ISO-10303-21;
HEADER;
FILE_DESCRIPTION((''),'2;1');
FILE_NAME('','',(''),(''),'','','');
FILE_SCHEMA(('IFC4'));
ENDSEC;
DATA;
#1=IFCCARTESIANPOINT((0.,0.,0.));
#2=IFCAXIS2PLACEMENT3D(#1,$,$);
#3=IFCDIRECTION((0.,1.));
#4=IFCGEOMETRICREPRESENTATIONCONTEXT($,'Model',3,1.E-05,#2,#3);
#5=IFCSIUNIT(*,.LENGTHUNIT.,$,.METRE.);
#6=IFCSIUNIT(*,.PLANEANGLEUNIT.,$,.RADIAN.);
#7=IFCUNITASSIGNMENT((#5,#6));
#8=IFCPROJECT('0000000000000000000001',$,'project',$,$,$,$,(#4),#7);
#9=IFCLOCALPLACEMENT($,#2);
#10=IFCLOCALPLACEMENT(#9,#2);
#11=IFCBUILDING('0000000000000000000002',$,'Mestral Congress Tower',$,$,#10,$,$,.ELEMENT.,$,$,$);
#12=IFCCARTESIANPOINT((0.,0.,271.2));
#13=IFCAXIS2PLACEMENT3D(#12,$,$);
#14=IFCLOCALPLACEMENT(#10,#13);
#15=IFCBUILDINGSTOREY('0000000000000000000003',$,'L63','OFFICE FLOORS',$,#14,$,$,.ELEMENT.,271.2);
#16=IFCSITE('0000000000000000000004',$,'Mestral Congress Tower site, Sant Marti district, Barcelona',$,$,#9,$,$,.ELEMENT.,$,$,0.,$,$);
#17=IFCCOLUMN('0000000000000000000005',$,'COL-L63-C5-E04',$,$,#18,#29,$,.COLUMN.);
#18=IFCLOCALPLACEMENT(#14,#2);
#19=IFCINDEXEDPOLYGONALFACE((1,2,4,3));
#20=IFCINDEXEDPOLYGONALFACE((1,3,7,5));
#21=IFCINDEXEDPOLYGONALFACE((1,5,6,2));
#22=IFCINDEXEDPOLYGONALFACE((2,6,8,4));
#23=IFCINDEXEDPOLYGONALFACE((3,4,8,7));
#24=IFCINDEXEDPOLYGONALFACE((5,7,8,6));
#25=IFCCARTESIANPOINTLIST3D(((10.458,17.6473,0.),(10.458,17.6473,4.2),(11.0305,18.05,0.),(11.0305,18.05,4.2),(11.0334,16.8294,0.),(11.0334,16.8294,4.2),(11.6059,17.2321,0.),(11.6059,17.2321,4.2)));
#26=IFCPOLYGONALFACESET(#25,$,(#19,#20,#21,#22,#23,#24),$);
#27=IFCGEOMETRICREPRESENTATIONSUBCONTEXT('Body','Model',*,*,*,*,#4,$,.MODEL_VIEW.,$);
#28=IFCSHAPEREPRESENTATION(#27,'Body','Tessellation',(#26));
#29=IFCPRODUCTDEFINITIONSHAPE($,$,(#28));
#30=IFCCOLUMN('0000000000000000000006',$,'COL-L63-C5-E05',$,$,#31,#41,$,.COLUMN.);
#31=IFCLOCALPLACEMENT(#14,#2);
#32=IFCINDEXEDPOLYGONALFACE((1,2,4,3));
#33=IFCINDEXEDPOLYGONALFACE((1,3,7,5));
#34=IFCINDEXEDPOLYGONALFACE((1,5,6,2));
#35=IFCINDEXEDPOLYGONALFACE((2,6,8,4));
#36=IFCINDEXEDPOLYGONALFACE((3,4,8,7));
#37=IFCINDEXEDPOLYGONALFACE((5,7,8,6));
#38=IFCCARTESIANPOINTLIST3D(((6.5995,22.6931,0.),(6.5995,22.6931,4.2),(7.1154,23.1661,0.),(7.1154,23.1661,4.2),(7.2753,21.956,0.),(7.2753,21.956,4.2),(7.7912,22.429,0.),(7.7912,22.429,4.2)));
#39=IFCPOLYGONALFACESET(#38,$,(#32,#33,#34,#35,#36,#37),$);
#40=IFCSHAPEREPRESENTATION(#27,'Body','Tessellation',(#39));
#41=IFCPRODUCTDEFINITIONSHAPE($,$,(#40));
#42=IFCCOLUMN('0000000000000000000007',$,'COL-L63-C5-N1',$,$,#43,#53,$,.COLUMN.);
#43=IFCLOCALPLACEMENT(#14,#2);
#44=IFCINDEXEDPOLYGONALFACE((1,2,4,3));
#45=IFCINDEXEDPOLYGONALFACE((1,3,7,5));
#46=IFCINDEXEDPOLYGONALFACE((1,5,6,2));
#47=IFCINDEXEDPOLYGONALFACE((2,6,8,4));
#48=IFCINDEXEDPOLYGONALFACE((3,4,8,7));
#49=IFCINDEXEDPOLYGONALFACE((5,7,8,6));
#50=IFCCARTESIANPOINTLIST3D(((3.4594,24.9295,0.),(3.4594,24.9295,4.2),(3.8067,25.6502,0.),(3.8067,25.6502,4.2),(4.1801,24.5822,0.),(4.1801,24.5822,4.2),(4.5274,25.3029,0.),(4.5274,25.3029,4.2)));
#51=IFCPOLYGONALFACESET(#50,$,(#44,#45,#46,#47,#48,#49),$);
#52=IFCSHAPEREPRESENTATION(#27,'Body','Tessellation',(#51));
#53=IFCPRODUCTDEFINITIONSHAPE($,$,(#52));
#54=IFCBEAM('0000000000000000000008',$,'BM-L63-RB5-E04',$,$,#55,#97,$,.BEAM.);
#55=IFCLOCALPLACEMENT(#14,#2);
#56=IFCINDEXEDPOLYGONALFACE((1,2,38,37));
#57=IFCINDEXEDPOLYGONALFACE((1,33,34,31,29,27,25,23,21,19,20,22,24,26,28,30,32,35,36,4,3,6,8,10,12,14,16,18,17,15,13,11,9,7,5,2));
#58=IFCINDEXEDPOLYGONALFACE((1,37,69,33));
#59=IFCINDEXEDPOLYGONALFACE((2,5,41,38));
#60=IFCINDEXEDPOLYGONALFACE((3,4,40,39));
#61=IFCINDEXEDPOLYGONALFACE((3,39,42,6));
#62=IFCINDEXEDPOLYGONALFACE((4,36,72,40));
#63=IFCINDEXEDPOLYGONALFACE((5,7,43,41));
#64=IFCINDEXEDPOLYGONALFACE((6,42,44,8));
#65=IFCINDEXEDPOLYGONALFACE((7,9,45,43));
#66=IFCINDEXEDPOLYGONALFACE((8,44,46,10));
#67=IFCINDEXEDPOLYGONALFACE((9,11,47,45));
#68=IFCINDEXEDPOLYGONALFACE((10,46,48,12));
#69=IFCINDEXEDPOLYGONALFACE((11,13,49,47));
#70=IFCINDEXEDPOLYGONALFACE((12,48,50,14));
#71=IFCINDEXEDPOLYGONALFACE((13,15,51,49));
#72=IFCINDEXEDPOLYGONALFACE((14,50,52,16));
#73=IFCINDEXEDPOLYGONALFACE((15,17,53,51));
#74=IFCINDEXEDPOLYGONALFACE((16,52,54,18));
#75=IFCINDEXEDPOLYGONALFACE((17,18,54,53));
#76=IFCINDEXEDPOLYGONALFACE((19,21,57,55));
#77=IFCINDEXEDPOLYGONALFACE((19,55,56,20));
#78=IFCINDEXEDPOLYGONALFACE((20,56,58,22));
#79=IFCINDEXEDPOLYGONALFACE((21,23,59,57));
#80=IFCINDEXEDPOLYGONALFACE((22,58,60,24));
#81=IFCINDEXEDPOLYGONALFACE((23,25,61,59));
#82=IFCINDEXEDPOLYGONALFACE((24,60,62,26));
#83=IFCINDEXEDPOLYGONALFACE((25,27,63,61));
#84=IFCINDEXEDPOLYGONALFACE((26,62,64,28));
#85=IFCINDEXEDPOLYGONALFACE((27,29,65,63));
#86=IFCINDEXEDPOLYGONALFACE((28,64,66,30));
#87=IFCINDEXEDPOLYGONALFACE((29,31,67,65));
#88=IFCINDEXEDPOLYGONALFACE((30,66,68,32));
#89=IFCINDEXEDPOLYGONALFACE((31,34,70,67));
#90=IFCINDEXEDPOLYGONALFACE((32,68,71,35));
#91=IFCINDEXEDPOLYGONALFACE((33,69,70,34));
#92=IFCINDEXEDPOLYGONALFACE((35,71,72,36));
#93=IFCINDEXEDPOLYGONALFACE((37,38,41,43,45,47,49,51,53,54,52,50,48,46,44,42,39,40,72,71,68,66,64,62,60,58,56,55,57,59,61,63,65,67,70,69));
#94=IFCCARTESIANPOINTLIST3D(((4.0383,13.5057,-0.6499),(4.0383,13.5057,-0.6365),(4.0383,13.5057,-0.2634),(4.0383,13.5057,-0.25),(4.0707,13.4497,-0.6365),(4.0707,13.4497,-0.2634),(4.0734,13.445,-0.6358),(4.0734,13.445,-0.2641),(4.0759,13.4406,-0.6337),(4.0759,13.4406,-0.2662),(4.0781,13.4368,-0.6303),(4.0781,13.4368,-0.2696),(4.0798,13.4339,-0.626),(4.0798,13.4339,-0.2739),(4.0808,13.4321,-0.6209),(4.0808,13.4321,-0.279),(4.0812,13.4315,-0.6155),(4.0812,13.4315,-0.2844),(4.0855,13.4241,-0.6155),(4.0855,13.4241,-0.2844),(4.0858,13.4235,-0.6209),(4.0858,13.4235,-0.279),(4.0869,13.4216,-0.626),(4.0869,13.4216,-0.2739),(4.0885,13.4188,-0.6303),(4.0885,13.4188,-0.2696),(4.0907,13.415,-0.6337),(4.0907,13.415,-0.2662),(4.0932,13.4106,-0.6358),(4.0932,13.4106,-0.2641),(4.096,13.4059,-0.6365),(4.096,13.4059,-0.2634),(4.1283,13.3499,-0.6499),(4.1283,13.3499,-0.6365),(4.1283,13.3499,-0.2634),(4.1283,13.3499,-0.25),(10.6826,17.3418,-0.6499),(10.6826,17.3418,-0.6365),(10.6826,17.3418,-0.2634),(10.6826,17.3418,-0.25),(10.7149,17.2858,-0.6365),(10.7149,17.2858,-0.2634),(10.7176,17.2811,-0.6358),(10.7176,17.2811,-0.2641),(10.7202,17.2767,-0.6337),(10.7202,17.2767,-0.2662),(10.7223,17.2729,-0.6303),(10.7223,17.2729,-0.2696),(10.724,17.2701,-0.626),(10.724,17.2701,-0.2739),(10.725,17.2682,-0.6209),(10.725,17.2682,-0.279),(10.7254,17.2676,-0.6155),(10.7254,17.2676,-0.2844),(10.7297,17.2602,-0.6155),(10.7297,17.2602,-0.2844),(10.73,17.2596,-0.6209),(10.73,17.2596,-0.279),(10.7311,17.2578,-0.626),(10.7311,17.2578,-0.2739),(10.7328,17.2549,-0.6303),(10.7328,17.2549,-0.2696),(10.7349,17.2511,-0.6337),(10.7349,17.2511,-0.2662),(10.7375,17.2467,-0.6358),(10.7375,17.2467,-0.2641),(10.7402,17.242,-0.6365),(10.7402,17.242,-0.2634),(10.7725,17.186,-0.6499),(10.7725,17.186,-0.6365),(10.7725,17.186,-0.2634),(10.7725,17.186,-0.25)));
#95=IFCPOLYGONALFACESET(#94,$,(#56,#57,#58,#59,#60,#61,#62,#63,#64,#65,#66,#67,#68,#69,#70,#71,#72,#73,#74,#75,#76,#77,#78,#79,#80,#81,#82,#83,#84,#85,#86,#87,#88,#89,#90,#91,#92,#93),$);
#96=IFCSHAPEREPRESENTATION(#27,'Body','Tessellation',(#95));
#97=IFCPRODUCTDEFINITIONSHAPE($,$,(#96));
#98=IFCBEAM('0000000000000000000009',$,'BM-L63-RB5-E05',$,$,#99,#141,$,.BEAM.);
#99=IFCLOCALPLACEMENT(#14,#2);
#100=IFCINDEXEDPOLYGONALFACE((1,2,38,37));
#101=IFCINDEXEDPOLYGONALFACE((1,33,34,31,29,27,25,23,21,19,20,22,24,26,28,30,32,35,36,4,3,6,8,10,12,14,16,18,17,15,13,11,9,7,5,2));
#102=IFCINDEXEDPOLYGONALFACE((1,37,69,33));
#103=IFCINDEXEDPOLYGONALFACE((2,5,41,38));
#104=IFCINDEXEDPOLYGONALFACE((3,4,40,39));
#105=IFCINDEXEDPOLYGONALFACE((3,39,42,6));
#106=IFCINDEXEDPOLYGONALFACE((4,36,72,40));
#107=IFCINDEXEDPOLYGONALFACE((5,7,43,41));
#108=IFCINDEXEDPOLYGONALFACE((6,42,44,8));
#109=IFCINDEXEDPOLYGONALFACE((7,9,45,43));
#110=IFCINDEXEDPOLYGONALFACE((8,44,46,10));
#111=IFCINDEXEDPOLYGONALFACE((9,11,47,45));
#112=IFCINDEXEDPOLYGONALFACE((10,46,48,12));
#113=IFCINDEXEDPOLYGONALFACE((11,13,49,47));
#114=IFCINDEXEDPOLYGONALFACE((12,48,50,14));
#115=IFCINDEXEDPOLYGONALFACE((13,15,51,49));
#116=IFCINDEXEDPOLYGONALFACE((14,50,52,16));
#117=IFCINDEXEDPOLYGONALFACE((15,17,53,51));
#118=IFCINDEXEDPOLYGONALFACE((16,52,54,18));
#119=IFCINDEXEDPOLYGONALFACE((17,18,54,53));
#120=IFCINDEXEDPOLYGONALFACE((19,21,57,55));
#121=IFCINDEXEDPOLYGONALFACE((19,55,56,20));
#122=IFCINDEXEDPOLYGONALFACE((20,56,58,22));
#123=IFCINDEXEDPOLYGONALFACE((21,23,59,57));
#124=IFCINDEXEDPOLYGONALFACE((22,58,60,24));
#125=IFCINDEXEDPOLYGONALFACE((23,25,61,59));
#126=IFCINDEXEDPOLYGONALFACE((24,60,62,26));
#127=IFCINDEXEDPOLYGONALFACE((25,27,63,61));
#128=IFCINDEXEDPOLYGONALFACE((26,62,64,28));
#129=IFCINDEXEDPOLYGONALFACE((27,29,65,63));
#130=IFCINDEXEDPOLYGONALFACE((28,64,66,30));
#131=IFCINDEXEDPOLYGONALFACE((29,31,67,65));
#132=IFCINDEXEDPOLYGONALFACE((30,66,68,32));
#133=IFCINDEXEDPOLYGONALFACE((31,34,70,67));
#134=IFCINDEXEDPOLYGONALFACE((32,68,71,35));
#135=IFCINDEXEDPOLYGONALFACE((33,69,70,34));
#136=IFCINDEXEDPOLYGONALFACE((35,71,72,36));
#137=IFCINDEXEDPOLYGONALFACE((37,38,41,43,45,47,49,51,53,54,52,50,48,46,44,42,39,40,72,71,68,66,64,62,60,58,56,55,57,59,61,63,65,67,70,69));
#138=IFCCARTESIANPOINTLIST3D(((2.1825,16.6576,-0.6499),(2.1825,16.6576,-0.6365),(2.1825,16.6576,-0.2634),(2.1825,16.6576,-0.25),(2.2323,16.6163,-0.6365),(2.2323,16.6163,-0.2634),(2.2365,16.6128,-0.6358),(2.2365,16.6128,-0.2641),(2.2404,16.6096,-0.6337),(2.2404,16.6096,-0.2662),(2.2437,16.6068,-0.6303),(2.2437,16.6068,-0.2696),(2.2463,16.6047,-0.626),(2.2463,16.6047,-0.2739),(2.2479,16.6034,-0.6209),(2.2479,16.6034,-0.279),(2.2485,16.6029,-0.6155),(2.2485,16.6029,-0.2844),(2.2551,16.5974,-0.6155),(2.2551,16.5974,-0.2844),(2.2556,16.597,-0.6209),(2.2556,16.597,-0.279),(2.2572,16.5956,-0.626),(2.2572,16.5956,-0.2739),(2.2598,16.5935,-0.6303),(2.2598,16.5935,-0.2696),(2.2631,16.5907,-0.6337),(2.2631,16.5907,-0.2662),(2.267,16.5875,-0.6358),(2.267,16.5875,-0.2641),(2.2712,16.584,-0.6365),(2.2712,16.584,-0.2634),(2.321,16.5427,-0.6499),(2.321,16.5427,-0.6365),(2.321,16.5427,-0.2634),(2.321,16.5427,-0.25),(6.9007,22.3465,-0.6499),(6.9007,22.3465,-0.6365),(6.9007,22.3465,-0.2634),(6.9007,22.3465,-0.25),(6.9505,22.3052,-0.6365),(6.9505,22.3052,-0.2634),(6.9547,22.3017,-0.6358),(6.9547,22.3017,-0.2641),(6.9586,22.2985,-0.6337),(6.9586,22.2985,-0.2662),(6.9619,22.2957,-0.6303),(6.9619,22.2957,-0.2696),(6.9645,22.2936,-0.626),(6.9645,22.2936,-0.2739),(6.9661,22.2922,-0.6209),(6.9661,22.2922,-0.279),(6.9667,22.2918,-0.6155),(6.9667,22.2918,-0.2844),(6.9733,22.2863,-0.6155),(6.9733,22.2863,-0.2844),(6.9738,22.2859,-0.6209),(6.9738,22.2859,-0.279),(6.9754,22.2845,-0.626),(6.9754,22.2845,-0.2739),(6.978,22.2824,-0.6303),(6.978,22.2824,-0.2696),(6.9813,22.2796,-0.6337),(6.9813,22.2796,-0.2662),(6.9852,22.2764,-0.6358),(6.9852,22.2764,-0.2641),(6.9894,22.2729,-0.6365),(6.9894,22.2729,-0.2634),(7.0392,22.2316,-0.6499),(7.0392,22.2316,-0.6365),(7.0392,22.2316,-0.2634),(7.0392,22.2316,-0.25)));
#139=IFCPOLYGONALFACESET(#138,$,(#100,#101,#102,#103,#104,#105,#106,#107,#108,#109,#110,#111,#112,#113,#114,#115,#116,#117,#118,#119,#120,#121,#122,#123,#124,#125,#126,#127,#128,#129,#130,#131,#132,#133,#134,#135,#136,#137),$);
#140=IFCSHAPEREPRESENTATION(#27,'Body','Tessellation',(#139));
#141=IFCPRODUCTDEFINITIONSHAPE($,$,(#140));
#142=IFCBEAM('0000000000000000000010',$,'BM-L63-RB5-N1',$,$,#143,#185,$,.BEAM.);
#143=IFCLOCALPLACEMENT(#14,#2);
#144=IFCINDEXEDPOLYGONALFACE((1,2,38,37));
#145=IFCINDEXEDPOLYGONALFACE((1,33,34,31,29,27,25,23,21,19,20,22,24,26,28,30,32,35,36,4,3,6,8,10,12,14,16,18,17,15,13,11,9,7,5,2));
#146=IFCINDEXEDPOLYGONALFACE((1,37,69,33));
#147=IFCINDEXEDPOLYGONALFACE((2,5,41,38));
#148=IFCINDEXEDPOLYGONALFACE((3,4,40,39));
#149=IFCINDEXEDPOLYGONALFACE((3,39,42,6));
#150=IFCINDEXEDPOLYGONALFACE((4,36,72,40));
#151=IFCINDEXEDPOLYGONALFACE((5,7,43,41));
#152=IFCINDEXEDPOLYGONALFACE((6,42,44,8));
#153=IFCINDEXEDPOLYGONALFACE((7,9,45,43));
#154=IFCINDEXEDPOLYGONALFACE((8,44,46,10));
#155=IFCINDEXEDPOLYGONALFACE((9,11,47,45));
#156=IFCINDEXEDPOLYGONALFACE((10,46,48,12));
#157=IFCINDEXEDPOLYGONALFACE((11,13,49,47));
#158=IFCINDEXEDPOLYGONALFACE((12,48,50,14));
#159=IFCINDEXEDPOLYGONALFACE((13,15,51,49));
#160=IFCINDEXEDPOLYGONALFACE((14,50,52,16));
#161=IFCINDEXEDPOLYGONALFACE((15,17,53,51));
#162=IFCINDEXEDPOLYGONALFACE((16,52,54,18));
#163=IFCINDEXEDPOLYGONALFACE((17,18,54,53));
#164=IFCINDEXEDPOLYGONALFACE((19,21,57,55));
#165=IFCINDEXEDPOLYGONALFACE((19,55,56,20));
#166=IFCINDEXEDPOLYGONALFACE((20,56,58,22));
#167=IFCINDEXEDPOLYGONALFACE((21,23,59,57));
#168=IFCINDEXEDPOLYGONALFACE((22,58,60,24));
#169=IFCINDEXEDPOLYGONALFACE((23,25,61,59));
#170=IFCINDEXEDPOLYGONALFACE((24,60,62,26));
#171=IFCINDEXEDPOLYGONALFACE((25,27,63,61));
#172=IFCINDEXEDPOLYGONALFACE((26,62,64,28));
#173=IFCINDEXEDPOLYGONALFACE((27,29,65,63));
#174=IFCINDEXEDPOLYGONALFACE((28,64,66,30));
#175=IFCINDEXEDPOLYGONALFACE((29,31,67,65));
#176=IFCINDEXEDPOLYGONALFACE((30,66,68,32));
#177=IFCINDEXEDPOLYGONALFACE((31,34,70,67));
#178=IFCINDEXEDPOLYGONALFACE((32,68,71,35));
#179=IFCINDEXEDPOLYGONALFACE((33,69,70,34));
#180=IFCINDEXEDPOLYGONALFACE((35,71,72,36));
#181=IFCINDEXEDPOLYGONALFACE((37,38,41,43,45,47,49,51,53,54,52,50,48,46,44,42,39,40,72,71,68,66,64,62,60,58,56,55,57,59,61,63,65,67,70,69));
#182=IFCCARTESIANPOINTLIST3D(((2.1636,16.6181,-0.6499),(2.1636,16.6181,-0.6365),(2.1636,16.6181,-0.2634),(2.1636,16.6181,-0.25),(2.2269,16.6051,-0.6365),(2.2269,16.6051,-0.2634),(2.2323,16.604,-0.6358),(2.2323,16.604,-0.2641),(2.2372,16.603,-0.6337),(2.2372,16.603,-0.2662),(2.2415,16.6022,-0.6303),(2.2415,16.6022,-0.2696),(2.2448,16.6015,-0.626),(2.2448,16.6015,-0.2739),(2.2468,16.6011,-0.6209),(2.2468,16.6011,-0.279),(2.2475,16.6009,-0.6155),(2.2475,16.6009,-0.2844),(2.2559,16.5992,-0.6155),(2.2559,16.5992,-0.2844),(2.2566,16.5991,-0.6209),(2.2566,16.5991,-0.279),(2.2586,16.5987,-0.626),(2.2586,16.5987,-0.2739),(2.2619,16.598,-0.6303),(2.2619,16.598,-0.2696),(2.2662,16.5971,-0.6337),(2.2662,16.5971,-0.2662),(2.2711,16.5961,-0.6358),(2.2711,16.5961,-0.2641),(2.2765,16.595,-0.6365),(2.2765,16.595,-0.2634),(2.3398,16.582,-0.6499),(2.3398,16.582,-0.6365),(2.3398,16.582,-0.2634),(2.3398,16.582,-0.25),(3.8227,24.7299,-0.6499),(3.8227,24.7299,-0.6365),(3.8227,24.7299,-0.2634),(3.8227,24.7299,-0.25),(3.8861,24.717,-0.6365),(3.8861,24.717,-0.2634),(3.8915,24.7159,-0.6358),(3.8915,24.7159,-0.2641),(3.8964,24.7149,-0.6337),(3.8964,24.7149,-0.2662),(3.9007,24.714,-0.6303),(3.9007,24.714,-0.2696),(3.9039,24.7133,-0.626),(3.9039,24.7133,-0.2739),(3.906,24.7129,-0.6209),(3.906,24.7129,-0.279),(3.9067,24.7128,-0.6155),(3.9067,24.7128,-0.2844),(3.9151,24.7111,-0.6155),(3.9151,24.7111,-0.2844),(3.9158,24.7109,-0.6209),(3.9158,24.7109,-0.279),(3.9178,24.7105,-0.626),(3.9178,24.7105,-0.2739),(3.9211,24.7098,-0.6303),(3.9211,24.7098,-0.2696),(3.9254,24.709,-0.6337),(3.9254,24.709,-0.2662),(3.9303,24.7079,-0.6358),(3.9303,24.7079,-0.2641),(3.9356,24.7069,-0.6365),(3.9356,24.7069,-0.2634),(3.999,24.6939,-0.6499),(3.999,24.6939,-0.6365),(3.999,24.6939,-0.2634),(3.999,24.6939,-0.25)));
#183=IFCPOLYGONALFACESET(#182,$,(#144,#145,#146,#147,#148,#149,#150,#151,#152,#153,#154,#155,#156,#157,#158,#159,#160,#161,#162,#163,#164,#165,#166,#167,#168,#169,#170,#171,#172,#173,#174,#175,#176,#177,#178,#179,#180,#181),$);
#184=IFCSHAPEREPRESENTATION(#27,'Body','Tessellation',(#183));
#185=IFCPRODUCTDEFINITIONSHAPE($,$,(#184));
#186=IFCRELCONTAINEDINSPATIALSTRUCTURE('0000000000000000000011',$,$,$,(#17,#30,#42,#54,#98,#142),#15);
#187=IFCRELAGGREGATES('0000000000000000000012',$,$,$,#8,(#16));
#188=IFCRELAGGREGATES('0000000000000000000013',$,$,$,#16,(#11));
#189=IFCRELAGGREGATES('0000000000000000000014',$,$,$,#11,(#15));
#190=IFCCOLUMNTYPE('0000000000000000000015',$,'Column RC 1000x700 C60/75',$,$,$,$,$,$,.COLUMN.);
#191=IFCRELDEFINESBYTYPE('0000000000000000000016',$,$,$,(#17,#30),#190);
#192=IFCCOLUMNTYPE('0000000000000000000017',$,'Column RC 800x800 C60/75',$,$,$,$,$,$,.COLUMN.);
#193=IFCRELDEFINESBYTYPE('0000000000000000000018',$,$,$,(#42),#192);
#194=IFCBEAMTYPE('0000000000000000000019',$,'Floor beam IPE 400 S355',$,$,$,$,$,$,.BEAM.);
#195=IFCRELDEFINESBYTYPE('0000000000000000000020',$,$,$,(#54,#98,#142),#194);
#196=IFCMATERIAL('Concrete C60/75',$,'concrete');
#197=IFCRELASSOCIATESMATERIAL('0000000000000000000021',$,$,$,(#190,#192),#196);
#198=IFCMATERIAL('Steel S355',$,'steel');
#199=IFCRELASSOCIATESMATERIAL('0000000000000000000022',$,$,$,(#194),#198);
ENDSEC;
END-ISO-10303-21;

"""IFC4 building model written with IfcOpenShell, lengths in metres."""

from ifc_helpers import new_model, si_unit, direction, frame, origin, origin_2d, place, context, subcontext, project, spatial, rectangle, i_section, extrude, material, material_profile, profile_set, type_object, element, save


model = new_model("IFC4")

# Units and contexts
model_context = context("Model", 3, precision=1e-05, world=origin(), true_north=direction((0.0, 1.0)))
body_context = subcontext(model_context, "Body", "Model", "MODEL_VIEW")
ifc_project = project(units=[si_unit("LENGTHUNIT", "METRE"), si_unit("PLANEANGLEUNIT", "RADIAN")], contexts=[model_context])

# Site, building, storey
site_placement = place(None, origin())
site = spatial("IfcSite", under=ifc_project, at=site_placement, Name="Mestral Congress Tower site, Sant Marti district, Barcelona", CompositionType="ELEMENT", RefElevation=0.0)
building_placement = place(site_placement, origin())
building = spatial("IfcBuilding", under=site, at=building_placement, Name="Mestral Congress Tower", CompositionType="ELEMENT")
storey_placement = place(building_placement, frame((0.0, 0.0, 271.2)))
storey = spatial("IfcBuildingStorey", under=building, at=storey_placement, Name="L63", Description="OFFICE FLOORS", CompositionType="ELEMENT", Elevation=271.2)

# Columns
ifc_material_1 = material(Name="Concrete C60/75", Category="concrete")
ifc_material_profile_1 = material_profile(ifc_material_1, rectangle(XDim=1.0, YDim=0.7, at=origin_2d()), Name="RC 1000x700")
ifc_profile_set_1 = profile_set([ifc_material_profile_1], Name="Concrete C60/75")
column_type_1 = type_object("IfcColumnType", Name="Column RC 1000x700 C60/75", PredefinedType="COLUMN", material=ifc_profile_set_1)
for number, where, z_axis, x_axis, name in (
    (1, (11.032, 17.4397, 0.0), (0.0, 0.0, 1.0), (-0.575402, 0.817871, 0.0), "COL-L63-C5-E04"),
    (2, (7.1953, 22.561, 0.0), (0.0, 0.0, 1.0), (-0.675803, 0.737083, 0.0), "COL-L63-C5-E05"),
):
    element("IfcColumn", number, at=place(storey_placement, frame(where, z_axis=z_axis, x_axis=x_axis)), inside=storey, type_object=column_type_1, Name=name, PredefinedType="COLUMN", context=body_context, shape_type="SweptSolid", body=[
        extrude(rectangle(XDim=1.0, YDim=0.7, at=origin_2d()), origin(), (0.0, 0.0, 1.0), 4.2),
    ])
ifc_material_profile_2 = material_profile(ifc_material_1, rectangle(XDim=0.8, YDim=0.8, at=origin_2d()), Name="RC 800x800")
ifc_profile_set_2 = profile_set([ifc_material_profile_2], Name="Concrete C60/75")
column_type_2 = type_object("IfcColumnType", Name="Column RC 800x800 C60/75", PredefinedType="COLUMN", material=ifc_profile_set_2)
column_placement = place(storey_placement, frame((3.9934, 25.1162, 0.0), z_axis=(0.0, 0.0, 1.0), x_axis=(-0.900873, 0.434082, 0.0)))
element("IfcColumn", 3, at=column_placement, inside=storey, type_object=column_type_2, Name="COL-L63-C5-N1", PredefinedType="COLUMN", context=body_context, shape_type="SweptSolid", body=[
    extrude(rectangle(XDim=0.8, YDim=0.8, at=origin_2d()), origin(), (0.0, 0.0, 1.0), 4.2),
])

# Beams
ifc_material_2 = material(Name="Steel S355", Category="steel")
ifc_material_profile_3 = material_profile(ifc_material_2, i_section(OverallWidth=0.1799, OverallDepth=0.3999, WebThickness=0.0085, FlangeThickness=0.0134, FilletRadius=0.021, at=origin_2d()), Name="IPE 400")
ifc_profile_set_3 = profile_set([ifc_material_profile_3], Name="Steel S355")
beam_type_1 = type_object("IfcBeamType", Name="Floor beam IPE 400 S355", PredefinedType="BEAM", material=ifc_profile_set_3)
beam_1_placement = place(storey_placement, frame((10.7275, 17.2639, -0.45), z_axis=(-0.86602, -0.50001, 0.0), x_axis=(0.50001, -0.86602, 0.0)))
element("IfcBeam", 4, at=beam_1_placement, inside=storey, type_object=beam_type_1, Name="BM-L63-RB5-E04", PredefinedType="BEAM", context=body_context, shape_type="SweptSolid", body=[
    extrude(i_section(OverallWidth=0.1799, OverallDepth=0.3999, WebThickness=0.0085, FlangeThickness=0.0134, FilletRadius=0.021, at=origin_2d()), origin(), (0.0, 0.0, 1.0), 7.6721),
])
beam_2_placement = place(storey_placement, frame((6.97, 22.2891, -0.45), z_axis=(-0.638383, -0.769719, 0.0), x_axis=(0.769719, -0.638383, 0.0)))
element("IfcBeam", 5, at=beam_2_placement, inside=storey, type_object=beam_type_1, Name="BM-L63-RB5-E05", PredefinedType="BEAM", context=body_context, shape_type="SweptSolid", body=[
    extrude(i_section(OverallWidth=0.1799, OverallDepth=0.3999, WebThickness=0.0085, FlangeThickness=0.0134, FilletRadius=0.021, at=origin_2d()), origin(), (0.0, 0.0, 1.0), 7.3909),
])
beam_3_placement = place(storey_placement, frame((3.9109, 24.7119, -0.45), z_axis=(-0.20039, -0.979716, 0.0), x_axis=(0.979716, -0.20039, 0.0)))
element("IfcBeam", 6, at=beam_3_placement, inside=storey, type_object=beam_type_1, Name="BM-L63-RB5-N1", PredefinedType="BEAM", context=body_context, shape_type="SweptSolid", body=[
    extrude(i_section(OverallWidth=0.1799, OverallDepth=0.3999, WebThickness=0.0085, FlangeThickness=0.0134, FilletRadius=0.021, at=origin_2d()), origin(), (0.0, 0.0, 1.0), 8.2798),
])

save(model, "model.ifc")
